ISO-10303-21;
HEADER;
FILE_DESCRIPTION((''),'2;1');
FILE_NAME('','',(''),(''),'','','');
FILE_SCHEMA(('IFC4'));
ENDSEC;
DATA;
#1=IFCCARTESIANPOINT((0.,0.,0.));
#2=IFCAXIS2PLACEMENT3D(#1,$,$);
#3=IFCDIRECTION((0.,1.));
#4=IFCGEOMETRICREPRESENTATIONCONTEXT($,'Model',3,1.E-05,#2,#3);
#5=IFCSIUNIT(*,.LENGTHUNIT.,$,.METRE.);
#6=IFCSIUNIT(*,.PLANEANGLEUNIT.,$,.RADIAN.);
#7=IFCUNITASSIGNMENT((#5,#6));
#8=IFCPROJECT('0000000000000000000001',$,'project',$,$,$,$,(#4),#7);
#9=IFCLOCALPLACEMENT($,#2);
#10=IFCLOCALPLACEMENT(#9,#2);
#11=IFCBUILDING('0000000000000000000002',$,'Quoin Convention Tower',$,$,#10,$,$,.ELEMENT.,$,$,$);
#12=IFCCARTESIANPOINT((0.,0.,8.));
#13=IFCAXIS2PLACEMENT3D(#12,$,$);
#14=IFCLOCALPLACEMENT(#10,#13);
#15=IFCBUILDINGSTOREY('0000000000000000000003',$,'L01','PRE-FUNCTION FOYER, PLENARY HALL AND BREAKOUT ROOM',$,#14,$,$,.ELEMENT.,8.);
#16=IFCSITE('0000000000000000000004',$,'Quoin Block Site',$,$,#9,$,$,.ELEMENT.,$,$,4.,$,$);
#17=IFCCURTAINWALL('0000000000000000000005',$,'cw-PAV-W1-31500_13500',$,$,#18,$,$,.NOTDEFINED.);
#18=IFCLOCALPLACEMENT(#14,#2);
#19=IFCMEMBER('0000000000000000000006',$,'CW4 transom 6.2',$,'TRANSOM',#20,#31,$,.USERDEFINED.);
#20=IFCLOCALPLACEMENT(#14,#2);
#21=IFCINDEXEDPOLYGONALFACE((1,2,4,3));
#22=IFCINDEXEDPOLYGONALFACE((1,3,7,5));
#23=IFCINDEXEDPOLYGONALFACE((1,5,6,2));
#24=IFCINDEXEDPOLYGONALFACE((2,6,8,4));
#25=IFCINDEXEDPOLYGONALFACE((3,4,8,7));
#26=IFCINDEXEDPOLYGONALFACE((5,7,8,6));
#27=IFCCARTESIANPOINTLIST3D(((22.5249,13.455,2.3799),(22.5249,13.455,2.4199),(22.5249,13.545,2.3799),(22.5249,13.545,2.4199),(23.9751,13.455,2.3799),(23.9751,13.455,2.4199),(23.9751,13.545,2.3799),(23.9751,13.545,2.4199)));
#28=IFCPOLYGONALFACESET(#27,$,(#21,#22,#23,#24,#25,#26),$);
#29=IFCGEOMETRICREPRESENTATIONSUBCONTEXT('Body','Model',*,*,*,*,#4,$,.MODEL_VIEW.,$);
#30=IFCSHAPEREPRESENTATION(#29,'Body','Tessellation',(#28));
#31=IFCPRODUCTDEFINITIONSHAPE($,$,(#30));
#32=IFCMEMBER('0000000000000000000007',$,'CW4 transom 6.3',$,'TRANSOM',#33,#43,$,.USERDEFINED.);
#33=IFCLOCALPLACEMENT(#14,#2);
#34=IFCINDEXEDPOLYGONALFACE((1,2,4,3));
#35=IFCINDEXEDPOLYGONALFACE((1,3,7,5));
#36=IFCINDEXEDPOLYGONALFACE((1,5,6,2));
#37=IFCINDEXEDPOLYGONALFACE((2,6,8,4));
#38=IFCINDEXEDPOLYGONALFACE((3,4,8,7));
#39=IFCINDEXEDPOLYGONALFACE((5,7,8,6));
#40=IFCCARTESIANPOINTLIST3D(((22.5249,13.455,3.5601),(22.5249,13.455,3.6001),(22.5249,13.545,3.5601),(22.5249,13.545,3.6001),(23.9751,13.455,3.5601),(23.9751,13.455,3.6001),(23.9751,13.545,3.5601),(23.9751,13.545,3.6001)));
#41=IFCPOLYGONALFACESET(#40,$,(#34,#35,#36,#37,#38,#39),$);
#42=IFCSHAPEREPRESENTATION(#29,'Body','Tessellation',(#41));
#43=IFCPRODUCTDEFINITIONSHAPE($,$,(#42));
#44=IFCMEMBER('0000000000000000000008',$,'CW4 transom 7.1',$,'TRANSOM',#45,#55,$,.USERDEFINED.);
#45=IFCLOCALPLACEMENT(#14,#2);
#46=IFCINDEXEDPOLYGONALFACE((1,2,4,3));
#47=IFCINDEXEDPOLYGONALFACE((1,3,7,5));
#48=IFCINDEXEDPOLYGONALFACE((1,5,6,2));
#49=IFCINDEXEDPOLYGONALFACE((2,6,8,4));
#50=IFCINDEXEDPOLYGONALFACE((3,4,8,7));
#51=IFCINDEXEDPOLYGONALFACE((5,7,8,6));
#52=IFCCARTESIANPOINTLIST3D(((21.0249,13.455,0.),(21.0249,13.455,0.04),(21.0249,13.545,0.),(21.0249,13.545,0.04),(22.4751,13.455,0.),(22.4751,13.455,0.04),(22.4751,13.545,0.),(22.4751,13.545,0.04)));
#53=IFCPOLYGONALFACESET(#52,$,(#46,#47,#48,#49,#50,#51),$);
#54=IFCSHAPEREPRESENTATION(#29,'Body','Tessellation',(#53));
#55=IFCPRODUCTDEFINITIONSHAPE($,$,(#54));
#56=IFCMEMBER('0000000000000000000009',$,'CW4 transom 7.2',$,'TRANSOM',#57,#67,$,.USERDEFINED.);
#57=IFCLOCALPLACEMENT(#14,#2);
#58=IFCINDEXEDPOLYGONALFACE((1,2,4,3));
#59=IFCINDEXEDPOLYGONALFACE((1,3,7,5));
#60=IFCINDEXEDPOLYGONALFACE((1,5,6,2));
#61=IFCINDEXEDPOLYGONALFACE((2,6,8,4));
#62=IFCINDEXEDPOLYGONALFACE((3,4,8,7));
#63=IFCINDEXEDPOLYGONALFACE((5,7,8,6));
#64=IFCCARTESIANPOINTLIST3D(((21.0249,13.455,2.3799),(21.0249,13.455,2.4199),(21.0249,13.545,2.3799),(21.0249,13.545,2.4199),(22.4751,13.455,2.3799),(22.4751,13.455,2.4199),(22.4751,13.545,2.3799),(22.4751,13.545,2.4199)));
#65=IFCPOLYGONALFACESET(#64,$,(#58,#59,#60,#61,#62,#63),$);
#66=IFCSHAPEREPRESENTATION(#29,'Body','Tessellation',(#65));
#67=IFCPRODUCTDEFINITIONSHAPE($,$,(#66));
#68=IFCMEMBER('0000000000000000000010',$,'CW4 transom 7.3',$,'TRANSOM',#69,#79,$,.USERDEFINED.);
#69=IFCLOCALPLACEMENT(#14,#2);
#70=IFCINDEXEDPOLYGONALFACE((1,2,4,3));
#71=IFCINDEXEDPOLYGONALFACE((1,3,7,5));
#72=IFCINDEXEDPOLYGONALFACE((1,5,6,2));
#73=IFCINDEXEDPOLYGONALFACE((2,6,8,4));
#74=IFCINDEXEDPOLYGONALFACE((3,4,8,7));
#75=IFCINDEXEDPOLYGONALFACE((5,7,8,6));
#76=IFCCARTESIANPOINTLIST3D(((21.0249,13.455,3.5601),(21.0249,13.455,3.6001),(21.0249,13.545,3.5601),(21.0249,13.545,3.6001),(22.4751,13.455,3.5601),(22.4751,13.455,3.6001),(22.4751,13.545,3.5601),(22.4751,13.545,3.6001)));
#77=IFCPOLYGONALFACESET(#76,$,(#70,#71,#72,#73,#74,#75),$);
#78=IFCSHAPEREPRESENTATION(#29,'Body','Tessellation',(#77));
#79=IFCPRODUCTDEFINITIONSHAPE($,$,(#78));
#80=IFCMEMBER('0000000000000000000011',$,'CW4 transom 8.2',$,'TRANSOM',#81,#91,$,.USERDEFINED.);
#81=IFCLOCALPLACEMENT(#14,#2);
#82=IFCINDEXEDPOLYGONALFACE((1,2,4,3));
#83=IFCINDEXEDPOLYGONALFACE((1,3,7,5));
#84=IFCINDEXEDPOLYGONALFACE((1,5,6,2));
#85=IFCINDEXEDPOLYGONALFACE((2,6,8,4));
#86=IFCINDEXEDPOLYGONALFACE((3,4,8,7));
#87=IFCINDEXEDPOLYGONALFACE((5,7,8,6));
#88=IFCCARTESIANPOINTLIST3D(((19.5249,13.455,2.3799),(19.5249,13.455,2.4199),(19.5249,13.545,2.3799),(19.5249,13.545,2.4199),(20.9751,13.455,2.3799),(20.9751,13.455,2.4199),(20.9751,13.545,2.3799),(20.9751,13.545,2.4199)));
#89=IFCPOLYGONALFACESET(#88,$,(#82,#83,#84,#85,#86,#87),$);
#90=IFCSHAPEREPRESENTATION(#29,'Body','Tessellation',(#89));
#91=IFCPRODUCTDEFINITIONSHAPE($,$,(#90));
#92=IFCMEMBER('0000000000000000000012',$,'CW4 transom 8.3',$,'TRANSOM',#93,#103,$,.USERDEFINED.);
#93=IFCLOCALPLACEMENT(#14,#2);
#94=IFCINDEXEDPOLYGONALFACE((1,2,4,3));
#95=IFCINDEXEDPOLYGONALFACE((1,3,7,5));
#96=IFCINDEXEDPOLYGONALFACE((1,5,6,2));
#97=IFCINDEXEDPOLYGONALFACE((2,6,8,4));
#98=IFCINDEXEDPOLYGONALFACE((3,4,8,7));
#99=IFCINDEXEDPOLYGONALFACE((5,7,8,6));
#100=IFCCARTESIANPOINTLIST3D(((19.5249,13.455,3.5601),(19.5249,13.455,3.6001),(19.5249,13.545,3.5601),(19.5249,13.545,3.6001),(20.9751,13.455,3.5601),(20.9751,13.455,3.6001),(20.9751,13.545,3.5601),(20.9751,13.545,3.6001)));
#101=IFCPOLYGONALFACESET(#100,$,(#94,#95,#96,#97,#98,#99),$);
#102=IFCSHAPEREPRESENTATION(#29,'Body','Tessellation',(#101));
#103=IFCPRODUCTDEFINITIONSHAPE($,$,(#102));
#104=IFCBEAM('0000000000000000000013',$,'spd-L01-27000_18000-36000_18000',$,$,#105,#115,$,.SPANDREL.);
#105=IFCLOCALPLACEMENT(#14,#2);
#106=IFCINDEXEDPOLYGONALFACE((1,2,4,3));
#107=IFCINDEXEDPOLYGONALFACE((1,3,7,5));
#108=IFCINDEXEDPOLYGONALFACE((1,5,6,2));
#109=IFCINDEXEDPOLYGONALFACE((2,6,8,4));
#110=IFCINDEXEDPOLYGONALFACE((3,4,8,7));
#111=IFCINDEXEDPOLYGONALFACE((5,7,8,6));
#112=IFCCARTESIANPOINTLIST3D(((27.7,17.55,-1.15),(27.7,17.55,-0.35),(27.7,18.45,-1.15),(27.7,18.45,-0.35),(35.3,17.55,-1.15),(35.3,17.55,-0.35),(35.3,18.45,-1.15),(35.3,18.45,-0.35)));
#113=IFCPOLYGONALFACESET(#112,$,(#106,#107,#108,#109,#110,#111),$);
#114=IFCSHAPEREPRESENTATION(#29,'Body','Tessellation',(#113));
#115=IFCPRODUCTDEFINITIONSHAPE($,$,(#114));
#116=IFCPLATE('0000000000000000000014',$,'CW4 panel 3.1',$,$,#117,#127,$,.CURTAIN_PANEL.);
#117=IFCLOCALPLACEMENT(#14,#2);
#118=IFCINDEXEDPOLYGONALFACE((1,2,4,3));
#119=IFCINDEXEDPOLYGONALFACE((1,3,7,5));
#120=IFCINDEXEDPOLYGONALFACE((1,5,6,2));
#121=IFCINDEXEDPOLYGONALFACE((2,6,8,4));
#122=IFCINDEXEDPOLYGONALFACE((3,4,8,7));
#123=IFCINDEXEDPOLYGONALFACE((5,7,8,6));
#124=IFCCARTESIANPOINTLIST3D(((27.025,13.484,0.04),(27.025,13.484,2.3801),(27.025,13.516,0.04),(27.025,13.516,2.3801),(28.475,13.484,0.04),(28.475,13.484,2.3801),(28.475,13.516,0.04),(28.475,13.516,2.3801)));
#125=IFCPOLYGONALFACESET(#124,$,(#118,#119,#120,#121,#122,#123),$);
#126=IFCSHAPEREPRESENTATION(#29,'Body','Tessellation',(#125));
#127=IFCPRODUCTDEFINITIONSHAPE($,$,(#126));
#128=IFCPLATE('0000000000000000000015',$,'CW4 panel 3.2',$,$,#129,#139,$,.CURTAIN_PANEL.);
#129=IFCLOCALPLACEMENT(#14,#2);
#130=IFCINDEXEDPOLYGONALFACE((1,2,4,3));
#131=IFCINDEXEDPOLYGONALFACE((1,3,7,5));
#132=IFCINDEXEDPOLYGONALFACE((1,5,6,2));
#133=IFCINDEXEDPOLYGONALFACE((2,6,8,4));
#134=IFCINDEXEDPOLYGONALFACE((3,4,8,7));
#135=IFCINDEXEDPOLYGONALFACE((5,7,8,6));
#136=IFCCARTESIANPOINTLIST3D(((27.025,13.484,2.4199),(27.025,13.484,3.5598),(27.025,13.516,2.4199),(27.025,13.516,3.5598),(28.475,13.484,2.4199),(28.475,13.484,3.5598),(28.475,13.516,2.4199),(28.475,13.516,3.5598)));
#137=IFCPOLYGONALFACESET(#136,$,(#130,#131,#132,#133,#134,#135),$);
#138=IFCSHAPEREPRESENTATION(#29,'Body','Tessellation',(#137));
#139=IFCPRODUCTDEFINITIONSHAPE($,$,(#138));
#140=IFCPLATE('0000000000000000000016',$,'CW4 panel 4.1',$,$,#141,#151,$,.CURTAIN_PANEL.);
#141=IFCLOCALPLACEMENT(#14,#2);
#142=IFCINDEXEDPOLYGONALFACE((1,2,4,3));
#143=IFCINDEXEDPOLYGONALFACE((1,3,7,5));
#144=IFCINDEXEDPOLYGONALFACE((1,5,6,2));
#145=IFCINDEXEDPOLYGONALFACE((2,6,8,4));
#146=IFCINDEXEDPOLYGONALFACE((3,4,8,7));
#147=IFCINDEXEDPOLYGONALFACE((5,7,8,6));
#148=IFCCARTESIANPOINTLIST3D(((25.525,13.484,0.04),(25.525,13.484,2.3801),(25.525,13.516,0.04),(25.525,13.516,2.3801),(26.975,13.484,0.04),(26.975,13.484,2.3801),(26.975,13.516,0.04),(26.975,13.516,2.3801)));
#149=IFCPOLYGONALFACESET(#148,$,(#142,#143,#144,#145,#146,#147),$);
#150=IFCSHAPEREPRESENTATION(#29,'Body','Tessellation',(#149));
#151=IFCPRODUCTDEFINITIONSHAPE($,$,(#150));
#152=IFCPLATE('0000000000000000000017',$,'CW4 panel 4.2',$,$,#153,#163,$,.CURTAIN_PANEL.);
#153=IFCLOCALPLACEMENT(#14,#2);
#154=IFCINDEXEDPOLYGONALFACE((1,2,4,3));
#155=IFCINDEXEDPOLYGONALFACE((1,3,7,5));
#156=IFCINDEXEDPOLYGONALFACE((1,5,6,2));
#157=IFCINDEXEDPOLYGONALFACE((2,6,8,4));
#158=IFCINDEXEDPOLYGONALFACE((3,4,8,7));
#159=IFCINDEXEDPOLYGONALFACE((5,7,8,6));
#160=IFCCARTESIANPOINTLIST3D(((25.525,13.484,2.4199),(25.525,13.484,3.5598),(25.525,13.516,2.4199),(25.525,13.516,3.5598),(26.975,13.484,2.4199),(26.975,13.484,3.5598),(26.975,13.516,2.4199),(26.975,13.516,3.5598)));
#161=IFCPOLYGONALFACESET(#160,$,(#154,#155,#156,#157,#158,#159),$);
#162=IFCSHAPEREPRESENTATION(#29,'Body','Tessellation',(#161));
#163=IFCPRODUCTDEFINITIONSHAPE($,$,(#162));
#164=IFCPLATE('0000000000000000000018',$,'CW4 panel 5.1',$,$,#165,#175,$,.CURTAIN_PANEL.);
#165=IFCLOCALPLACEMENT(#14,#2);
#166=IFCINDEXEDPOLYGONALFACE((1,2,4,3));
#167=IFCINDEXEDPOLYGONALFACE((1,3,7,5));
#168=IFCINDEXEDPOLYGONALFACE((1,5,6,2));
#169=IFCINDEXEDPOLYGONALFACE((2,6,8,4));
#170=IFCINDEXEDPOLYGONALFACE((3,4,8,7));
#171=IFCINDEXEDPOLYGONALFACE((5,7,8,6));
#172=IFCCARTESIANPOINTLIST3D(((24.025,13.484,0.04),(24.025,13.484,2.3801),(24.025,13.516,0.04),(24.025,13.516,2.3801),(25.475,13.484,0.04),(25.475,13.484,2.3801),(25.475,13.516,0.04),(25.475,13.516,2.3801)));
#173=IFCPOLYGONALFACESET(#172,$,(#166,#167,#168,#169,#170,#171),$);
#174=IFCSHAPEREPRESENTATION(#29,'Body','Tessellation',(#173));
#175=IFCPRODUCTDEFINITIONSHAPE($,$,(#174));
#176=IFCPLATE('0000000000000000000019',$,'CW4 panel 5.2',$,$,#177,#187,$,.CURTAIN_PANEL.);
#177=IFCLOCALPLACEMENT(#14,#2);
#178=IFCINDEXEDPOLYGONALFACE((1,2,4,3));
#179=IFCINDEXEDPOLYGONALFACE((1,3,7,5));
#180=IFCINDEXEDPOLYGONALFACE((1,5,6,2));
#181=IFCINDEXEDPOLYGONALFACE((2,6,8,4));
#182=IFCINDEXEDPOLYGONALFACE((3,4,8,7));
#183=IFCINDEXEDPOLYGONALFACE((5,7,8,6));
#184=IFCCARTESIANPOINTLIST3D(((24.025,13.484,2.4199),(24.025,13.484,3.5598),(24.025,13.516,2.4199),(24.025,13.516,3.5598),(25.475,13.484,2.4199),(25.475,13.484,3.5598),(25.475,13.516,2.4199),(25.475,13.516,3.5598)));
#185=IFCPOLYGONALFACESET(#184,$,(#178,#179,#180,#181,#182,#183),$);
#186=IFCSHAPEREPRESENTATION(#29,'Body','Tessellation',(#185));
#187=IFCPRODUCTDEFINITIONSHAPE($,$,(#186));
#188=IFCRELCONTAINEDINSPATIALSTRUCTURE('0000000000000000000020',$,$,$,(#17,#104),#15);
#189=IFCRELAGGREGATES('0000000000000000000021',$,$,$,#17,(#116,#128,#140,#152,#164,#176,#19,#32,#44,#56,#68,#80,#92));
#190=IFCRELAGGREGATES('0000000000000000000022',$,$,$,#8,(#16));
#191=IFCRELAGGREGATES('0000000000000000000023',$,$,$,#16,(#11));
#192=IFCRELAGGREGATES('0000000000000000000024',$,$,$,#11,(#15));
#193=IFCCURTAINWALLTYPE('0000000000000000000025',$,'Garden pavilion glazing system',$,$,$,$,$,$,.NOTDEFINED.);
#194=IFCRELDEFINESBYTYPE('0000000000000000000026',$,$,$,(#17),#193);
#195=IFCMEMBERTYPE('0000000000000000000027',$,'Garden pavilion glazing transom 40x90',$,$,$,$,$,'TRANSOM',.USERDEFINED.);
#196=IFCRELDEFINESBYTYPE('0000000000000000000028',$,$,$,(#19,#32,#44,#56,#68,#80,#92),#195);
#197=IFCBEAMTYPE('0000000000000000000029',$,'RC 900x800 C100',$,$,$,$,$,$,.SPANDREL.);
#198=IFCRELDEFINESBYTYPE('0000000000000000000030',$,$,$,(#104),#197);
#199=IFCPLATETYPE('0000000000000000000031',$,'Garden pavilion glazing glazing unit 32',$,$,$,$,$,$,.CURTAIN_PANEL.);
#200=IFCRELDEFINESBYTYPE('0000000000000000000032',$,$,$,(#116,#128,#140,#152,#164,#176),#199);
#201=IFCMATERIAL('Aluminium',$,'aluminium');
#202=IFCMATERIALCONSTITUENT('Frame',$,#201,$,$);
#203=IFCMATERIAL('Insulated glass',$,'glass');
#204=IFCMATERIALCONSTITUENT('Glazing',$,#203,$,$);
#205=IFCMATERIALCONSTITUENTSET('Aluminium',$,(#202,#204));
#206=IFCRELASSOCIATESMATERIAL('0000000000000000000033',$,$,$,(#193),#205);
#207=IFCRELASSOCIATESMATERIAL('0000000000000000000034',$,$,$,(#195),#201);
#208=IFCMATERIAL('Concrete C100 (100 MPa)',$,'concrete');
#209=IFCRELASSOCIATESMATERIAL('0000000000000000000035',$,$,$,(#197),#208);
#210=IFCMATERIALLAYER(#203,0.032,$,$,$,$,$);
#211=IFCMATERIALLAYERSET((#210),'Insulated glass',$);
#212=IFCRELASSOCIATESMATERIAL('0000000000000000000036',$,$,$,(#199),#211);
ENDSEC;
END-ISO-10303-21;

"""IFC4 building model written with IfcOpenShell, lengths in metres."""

from ifc_helpers import new_model, si_unit, direction, frame, origin, origin_2d, place, context, subcontext, project, spatial, rectangle, extrude, material, layer, layer_set, constituent, constituent_set, material_profile, profile_set, type_object, element, aggregate, save


model = new_model("IFC4")

# Units and contexts
model_context = context("Model", 3, precision=1e-05, world=origin(), true_north=direction((0.0, 1.0)))
body_context = subcontext(model_context, "Body", "Model", "MODEL_VIEW")
ifc_project = project(units=[si_unit("LENGTHUNIT", "METRE"), si_unit("PLANEANGLEUNIT", "RADIAN")], contexts=[model_context])

# Site, building, storey
site_placement = place(None, origin())
site = spatial("IfcSite", under=ifc_project, at=site_placement, Name="Quoin Block Site", CompositionType="ELEMENT", RefElevation=4.0)
building_placement = place(site_placement, origin())
building = spatial("IfcBuilding", under=site, at=building_placement, Name="Quoin Convention Tower", CompositionType="ELEMENT")
storey_placement = place(building_placement, frame((0.0, 0.0, 8.0)))
storey = spatial("IfcBuildingStorey", under=building, at=storey_placement, Name="L01", Description="PRE-FUNCTION FOYER, PLENARY HALL AND BREAKOUT ROOM", CompositionType="ELEMENT", Elevation=8.0)

# Shared definitions
ifc_material_1 = material(Name="Concrete C100 (100 MPa)", Category="concrete")

# Curtain wall, members
ifc_material_2 = material(Name="Aluminium", Category="aluminium")
ifc_constituent_1 = constituent(ifc_material_2, Name="Frame")
ifc_material_3 = material(Name="Insulated glass", Category="glass")
ifc_constituent_2 = constituent(ifc_material_3, Name="Glazing")
ifc_constituent_set = constituent_set(constituents=[ifc_constituent_1, ifc_constituent_2], Name="Aluminium")
curtain_wall_type = type_object("IfcCurtainWallType", Name="Garden pavilion glazing system", PredefinedType="NOTDEFINED", material=ifc_constituent_set)
curtain_wall_placement = place(storey_placement, origin())
curtain_wall = element("IfcCurtainWall", 1, at=curtain_wall_placement, inside=storey, type_object=curtain_wall_type, Name="cw-PAV-W1-31500_13500", PredefinedType="NOTDEFINED")
ifc_material_profile_1 = material_profile(ifc_material_2, rectangle(XDim=0.0901, YDim=0.04, at=origin_2d()), Name="Garden pavilion glazing transom 40x90")
ifc_profile_set_1 = profile_set([ifc_material_profile_1], Name="Aluminium")
member_type_1 = type_object("IfcMemberType", Name="Garden pavilion glazing transom 40x90", ElementType="TRANSOM", PredefinedType="USERDEFINED", material=ifc_profile_set_1)
member_1_placement = place(storey_placement, frame((23.9751, 13.5, 2.3999), z_axis=(-1.0, 0.0, 0.0), x_axis=(0.0, -1.0, 0.0)))
member_1 = element("IfcMember", 2, at=member_1_placement, type_object=member_type_1, Name="CW4 transom 6.2", ObjectType="TRANSOM", PredefinedType="USERDEFINED", context=body_context, shape_type="SweptSolid", body=[
    extrude(rectangle(XDim=0.0901, YDim=0.04, at=origin_2d()), origin(), (0.0, 0.0, 1.0), 1.4502),
])
member_2_placement = place(storey_placement, frame((23.9751, 13.5, 3.5801), z_axis=(-1.0, 0.0, 0.0), x_axis=(0.0, -1.0, 0.0)))
member_2 = element("IfcMember", 3, at=member_2_placement, type_object=member_type_1, Name="CW4 transom 6.3", ObjectType="TRANSOM", PredefinedType="USERDEFINED", context=body_context, shape_type="SweptSolid", body=[
    extrude(rectangle(XDim=0.0901, YDim=0.04, at=origin_2d()), origin(), (0.0, 0.0, 1.0), 1.4502),
])
member_3_placement = place(storey_placement, frame((22.4751, 13.5, 0.02), z_axis=(-1.0, 0.0, 0.0), x_axis=(0.0, -1.0, 0.0)))
member_3 = element("IfcMember", 4, at=member_3_placement, type_object=member_type_1, Name="CW4 transom 7.1", ObjectType="TRANSOM", PredefinedType="USERDEFINED", context=body_context, shape_type="SweptSolid", body=[
    extrude(rectangle(XDim=0.0901, YDim=0.04, at=origin_2d()), origin(), (0.0, 0.0, 1.0), 1.4502),
])
member_4_placement = place(storey_placement, frame((22.4751, 13.5, 2.3999), z_axis=(-1.0, 0.0, 0.0), x_axis=(0.0, -1.0, 0.0)))
member_4 = element("IfcMember", 5, at=member_4_placement, type_object=member_type_1, Name="CW4 transom 7.2", ObjectType="TRANSOM", PredefinedType="USERDEFINED", context=body_context, shape_type="SweptSolid", body=[
    extrude(rectangle(XDim=0.0901, YDim=0.04, at=origin_2d()), origin(), (0.0, 0.0, 1.0), 1.4502),
])
member_5_placement = place(storey_placement, frame((22.4751, 13.5, 3.5801), z_axis=(-1.0, 0.0, 0.0), x_axis=(0.0, -1.0, 0.0)))
member_5 = element("IfcMember", 6, at=member_5_placement, type_object=member_type_1, Name="CW4 transom 7.3", ObjectType="TRANSOM", PredefinedType="USERDEFINED", context=body_context, shape_type="SweptSolid", body=[
    extrude(rectangle(XDim=0.0901, YDim=0.04, at=origin_2d()), origin(), (0.0, 0.0, 1.0), 1.4502),
])
member_6_placement = place(storey_placement, frame((20.9751, 13.5, 2.3999), z_axis=(-1.0, 0.0, 0.0), x_axis=(0.0, -1.0, 0.0)))
member_6 = element("IfcMember", 7, at=member_6_placement, type_object=member_type_1, Name="CW4 transom 8.2", ObjectType="TRANSOM", PredefinedType="USERDEFINED", context=body_context, shape_type="SweptSolid", body=[
    extrude(rectangle(XDim=0.0901, YDim=0.04, at=origin_2d()), origin(), (0.0, 0.0, 1.0), 1.4502),
])
member_7_placement = place(storey_placement, frame((20.9751, 13.5, 3.5801), z_axis=(-1.0, 0.0, 0.0), x_axis=(0.0, -1.0, 0.0)))
member_7 = element("IfcMember", 8, at=member_7_placement, type_object=member_type_1, Name="CW4 transom 8.3", ObjectType="TRANSOM", PredefinedType="USERDEFINED", context=body_context, shape_type="SweptSolid", body=[
    extrude(rectangle(XDim=0.0901, YDim=0.04, at=origin_2d()), origin(), (0.0, 0.0, 1.0), 1.4502),
])

# Beam
ifc_material_profile_2 = material_profile(ifc_material_1, rectangle(XDim=0.8999, YDim=0.8, at=origin_2d()), Name="RC 900x800")
ifc_profile_set_2 = profile_set([ifc_material_profile_2], Name="Concrete C100 (100 MPa)")
beam_type = type_object("IfcBeamType", Name="RC 900x800 C100", PredefinedType="SPANDREL", material=ifc_profile_set_2)
beam_placement = place(storey_placement, frame((27.7, 18.0, -0.75), z_axis=(1.0, 0.0, 0.0), x_axis=(0.0, 1.0, 0.0)))
element("IfcBeam", 9, at=beam_placement, inside=storey, type_object=beam_type, Name="spd-L01-27000_18000-36000_18000", PredefinedType="SPANDREL", context=body_context, shape_type="SweptSolid", body=[
    extrude(rectangle(XDim=0.8999, YDim=0.8, at=origin_2d()), origin(), (0.0, 0.0, 1.0), 7.6001),
])

# Plates
ifc_layer = layer(ifc_material_3, 0.032)
ifc_layer_set = layer_set([ifc_layer], Name="Insulated glass")
plate_type = type_object("IfcPlateType", Name="Garden pavilion glazing glazing unit 32", PredefinedType="CURTAIN_PANEL", material=ifc_layer_set)
plate_1_placement = place(storey_placement, frame((27.75, 13.5, 0.04), z_axis=(0.0, 0.0, 1.0), x_axis=(-1.0, 0.0, 0.0)))
plate_1 = element("IfcPlate", 10, at=plate_1_placement, type_object=plate_type, Name="CW4 panel 3.1", PredefinedType="CURTAIN_PANEL", context=body_context, shape_type="SweptSolid", body=[
    extrude(rectangle(XDim=1.45, YDim=0.032, at=origin_2d()), origin(), (0.0, 0.0, 1.0), 2.3401),
])
plate_2_placement = place(storey_placement, frame((27.75, 13.5, 2.4199), z_axis=(0.0, 0.0, 1.0), x_axis=(-1.0, 0.0, 0.0)))
plate_2 = element("IfcPlate", 11, at=plate_2_placement, type_object=plate_type, Name="CW4 panel 3.2", PredefinedType="CURTAIN_PANEL", context=body_context, shape_type="SweptSolid", body=[
    extrude(rectangle(XDim=1.45, YDim=0.032, at=origin_2d()), origin(), (0.0, 0.0, 1.0), 1.1399),
])
plate_3_placement = place(storey_placement, frame((26.25, 13.5, 0.04), z_axis=(0.0, 0.0, 1.0), x_axis=(-1.0, 0.0, 0.0)))
plate_3 = element("IfcPlate", 12, at=plate_3_placement, type_object=plate_type, Name="CW4 panel 4.1", PredefinedType="CURTAIN_PANEL", context=body_context, shape_type="SweptSolid", body=[
    extrude(rectangle(XDim=1.45, YDim=0.032, at=origin_2d()), origin(), (0.0, 0.0, 1.0), 2.3401),
])
plate_4_placement = place(storey_placement, frame((26.25, 13.5, 2.4199), z_axis=(0.0, 0.0, 1.0), x_axis=(-1.0, 0.0, 0.0)))
plate_4 = element("IfcPlate", 13, at=plate_4_placement, type_object=plate_type, Name="CW4 panel 4.2", PredefinedType="CURTAIN_PANEL", context=body_context, shape_type="SweptSolid", body=[
    extrude(rectangle(XDim=1.45, YDim=0.032, at=origin_2d()), origin(), (0.0, 0.0, 1.0), 1.1399),
])
plate_5_placement = place(storey_placement, frame((24.75, 13.5, 0.04), z_axis=(0.0, 0.0, 1.0), x_axis=(-1.0, 0.0, 0.0)))
plate_5 = element("IfcPlate", 14, at=plate_5_placement, type_object=plate_type, Name="CW4 panel 5.1", PredefinedType="CURTAIN_PANEL", context=body_context, shape_type="SweptSolid", body=[
    extrude(rectangle(XDim=1.45, YDim=0.032, at=origin_2d()), origin(), (0.0, 0.0, 1.0), 2.3401),
])
plate_6_placement = place(storey_placement, frame((24.75, 13.5, 2.4199), z_axis=(0.0, 0.0, 1.0), x_axis=(-1.0, 0.0, 0.0)))
plate_6 = element("IfcPlate", 15, at=plate_6_placement, type_object=plate_type, Name="CW4 panel 5.2", PredefinedType="CURTAIN_PANEL", context=body_context, shape_type="SweptSolid", body=[
    extrude(rectangle(XDim=1.45, YDim=0.032, at=origin_2d()), origin(), (0.0, 0.0, 1.0), 1.1399),
])
aggregate(curtain_wall, [plate_1, plate_2, plate_3, plate_4, plate_5, plate_6, member_1, member_2, member_3, member_4, member_5, member_6, member_7])

save(model, "model.ifc")
